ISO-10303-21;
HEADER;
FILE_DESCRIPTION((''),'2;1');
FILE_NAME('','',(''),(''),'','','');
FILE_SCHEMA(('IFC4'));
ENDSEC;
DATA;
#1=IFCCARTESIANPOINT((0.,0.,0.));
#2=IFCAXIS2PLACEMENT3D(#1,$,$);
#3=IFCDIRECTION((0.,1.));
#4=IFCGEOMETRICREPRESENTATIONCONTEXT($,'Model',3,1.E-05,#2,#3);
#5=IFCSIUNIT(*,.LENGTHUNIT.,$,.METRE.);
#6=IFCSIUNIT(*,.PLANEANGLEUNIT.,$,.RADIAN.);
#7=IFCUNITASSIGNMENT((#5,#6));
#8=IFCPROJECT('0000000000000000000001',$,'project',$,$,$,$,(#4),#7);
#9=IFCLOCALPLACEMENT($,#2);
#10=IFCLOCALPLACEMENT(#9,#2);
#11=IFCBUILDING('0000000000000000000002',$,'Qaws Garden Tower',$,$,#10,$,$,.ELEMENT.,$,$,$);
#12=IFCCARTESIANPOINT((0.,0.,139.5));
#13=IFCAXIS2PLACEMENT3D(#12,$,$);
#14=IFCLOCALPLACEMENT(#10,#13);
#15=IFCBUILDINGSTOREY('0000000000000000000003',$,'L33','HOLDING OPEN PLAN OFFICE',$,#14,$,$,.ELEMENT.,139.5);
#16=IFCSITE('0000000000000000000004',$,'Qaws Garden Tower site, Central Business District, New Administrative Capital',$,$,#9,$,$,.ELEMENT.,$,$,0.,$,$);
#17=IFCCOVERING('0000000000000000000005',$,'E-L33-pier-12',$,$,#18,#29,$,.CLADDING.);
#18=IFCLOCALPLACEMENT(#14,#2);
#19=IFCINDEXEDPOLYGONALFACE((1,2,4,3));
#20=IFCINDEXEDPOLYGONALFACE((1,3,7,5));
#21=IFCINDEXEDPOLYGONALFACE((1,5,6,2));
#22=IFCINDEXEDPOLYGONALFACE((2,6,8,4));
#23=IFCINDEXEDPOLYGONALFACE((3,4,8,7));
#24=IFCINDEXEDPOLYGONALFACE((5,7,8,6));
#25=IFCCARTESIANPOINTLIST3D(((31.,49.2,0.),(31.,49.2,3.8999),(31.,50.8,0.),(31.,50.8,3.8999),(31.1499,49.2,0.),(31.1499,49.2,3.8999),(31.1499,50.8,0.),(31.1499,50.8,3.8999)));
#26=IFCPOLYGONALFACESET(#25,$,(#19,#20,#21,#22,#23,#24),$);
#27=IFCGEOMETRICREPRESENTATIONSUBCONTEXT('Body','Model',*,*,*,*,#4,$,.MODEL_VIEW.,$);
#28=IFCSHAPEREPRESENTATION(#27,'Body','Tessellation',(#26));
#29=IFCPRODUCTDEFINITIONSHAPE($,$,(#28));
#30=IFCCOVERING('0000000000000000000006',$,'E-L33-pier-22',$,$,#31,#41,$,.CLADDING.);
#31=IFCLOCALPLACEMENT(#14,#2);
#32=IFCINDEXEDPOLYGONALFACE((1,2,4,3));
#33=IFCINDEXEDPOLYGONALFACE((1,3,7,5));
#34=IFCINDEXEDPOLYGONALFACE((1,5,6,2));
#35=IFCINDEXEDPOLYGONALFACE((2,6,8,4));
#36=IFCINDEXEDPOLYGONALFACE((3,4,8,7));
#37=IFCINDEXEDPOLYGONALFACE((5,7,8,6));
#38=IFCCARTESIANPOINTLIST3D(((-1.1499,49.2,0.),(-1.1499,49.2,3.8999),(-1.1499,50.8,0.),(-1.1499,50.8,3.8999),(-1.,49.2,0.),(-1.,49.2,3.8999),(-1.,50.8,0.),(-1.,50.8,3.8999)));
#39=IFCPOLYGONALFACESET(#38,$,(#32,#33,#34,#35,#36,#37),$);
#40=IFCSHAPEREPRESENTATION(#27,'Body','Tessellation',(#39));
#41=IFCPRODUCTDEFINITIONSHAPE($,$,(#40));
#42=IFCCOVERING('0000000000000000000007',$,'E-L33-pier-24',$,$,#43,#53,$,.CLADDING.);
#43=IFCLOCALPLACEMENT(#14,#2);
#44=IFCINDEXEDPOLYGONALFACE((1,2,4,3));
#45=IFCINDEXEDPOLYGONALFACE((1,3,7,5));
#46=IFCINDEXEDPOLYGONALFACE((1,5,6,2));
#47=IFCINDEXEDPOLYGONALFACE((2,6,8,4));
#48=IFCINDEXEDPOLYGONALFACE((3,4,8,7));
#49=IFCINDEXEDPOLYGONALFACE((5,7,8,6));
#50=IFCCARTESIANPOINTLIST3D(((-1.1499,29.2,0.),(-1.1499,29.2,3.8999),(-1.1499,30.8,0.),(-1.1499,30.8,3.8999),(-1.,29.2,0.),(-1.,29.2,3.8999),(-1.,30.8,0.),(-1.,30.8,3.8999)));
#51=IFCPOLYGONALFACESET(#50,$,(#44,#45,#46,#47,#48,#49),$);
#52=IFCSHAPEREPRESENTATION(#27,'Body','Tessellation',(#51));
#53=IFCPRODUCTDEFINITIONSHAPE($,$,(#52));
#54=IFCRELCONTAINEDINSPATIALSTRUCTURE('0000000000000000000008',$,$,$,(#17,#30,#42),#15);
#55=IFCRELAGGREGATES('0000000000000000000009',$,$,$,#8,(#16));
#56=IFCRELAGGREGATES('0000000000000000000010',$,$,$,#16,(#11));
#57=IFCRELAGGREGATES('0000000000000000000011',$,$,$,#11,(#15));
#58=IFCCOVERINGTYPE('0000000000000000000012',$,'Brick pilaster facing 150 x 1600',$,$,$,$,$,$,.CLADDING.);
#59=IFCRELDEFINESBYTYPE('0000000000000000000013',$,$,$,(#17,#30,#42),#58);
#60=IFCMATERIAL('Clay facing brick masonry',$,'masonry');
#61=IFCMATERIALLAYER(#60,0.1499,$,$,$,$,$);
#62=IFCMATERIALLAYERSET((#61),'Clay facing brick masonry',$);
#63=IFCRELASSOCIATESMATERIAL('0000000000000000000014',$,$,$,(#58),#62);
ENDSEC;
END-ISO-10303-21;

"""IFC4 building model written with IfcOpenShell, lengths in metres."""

from ifc_helpers import new_model, si_unit, direction, frame, origin, place, context, subcontext, project, spatial, polyline, outline, extrude, material, layer, layer_set, type_object, element, save


model = new_model("IFC4")

# Units and contexts
model_context = context("Model", 3, precision=1e-05, world=origin(), true_north=direction((0.0, 1.0)))
body_context = subcontext(model_context, "Body", "Model", "MODEL_VIEW")
ifc_project = project(units=[si_unit("LENGTHUNIT", "METRE"), si_unit("PLANEANGLEUNIT", "RADIAN")], contexts=[model_context])

# Site, building, storey
site_placement = place(None, origin())
site = spatial("IfcSite", under=ifc_project, at=site_placement, Name="Qaws Garden Tower site, Central Business District, New Administrative Capital", CompositionType="ELEMENT", RefElevation=0.0)
building_placement = place(site_placement, origin())
building = spatial("IfcBuilding", under=site, at=building_placement, Name="Qaws Garden Tower", CompositionType="ELEMENT")
storey_placement = place(building_placement, frame((0.0, 0.0, 139.5)))
storey = spatial("IfcBuildingStorey", under=building, at=storey_placement, Name="L33", Description="HOLDING OPEN PLAN OFFICE", CompositionType="ELEMENT", Elevation=139.5)

# Shared definitions
placement = place(storey_placement, origin())

# Coverings
ifc_material_1 = material(Name="Clay facing brick masonry", Category="masonry")
ifc_layer_1 = layer(ifc_material_1, 0.1499)
ifc_layer_set_1 = layer_set([ifc_layer_1], Name="Clay facing brick masonry")
covering_type = type_object("IfcCoveringType", Name="Brick pilaster facing 150 x 1600", PredefinedType="CLADDING", material=ifc_layer_set_1)
element("IfcCovering", 1, at=placement, inside=storey, type_object=covering_type, Name="E-L33-pier-12", PredefinedType="CLADDING", context=body_context, shape_type="SweptSolid", body=[
    extrude(outline(polyline([(31.0, 49.2), (31.0, 50.8), (31.1499, 50.8), (31.1499, 49.2), (31.0, 49.2)])), origin(), (0.0, 0.0, 1.0), 3.8999),
])
element("IfcCovering", 2, at=placement, inside=storey, type_object=covering_type, Name="E-L33-pier-22", PredefinedType="CLADDING", context=body_context, shape_type="SweptSolid", body=[
    extrude(outline(polyline([(-1.0, 50.8), (-1.0, 49.2), (-1.1499, 49.2), (-1.1499, 50.8), (-1.0, 50.8)])), origin(), (0.0, 0.0, 1.0), 3.8999),
])
element("IfcCovering", 3, at=placement, inside=storey, type_object=covering_type, Name="E-L33-pier-24", PredefinedType="CLADDING", context=body_context, shape_type="SweptSolid", body=[
    extrude(outline(polyline([(-1.0, 30.8), (-1.0, 29.2), (-1.1499, 29.2), (-1.1499, 30.8), (-1.0, 30.8)])), origin(), (0.0, 0.0, 1.0), 3.8999),
])

save(model, "model.ifc")
